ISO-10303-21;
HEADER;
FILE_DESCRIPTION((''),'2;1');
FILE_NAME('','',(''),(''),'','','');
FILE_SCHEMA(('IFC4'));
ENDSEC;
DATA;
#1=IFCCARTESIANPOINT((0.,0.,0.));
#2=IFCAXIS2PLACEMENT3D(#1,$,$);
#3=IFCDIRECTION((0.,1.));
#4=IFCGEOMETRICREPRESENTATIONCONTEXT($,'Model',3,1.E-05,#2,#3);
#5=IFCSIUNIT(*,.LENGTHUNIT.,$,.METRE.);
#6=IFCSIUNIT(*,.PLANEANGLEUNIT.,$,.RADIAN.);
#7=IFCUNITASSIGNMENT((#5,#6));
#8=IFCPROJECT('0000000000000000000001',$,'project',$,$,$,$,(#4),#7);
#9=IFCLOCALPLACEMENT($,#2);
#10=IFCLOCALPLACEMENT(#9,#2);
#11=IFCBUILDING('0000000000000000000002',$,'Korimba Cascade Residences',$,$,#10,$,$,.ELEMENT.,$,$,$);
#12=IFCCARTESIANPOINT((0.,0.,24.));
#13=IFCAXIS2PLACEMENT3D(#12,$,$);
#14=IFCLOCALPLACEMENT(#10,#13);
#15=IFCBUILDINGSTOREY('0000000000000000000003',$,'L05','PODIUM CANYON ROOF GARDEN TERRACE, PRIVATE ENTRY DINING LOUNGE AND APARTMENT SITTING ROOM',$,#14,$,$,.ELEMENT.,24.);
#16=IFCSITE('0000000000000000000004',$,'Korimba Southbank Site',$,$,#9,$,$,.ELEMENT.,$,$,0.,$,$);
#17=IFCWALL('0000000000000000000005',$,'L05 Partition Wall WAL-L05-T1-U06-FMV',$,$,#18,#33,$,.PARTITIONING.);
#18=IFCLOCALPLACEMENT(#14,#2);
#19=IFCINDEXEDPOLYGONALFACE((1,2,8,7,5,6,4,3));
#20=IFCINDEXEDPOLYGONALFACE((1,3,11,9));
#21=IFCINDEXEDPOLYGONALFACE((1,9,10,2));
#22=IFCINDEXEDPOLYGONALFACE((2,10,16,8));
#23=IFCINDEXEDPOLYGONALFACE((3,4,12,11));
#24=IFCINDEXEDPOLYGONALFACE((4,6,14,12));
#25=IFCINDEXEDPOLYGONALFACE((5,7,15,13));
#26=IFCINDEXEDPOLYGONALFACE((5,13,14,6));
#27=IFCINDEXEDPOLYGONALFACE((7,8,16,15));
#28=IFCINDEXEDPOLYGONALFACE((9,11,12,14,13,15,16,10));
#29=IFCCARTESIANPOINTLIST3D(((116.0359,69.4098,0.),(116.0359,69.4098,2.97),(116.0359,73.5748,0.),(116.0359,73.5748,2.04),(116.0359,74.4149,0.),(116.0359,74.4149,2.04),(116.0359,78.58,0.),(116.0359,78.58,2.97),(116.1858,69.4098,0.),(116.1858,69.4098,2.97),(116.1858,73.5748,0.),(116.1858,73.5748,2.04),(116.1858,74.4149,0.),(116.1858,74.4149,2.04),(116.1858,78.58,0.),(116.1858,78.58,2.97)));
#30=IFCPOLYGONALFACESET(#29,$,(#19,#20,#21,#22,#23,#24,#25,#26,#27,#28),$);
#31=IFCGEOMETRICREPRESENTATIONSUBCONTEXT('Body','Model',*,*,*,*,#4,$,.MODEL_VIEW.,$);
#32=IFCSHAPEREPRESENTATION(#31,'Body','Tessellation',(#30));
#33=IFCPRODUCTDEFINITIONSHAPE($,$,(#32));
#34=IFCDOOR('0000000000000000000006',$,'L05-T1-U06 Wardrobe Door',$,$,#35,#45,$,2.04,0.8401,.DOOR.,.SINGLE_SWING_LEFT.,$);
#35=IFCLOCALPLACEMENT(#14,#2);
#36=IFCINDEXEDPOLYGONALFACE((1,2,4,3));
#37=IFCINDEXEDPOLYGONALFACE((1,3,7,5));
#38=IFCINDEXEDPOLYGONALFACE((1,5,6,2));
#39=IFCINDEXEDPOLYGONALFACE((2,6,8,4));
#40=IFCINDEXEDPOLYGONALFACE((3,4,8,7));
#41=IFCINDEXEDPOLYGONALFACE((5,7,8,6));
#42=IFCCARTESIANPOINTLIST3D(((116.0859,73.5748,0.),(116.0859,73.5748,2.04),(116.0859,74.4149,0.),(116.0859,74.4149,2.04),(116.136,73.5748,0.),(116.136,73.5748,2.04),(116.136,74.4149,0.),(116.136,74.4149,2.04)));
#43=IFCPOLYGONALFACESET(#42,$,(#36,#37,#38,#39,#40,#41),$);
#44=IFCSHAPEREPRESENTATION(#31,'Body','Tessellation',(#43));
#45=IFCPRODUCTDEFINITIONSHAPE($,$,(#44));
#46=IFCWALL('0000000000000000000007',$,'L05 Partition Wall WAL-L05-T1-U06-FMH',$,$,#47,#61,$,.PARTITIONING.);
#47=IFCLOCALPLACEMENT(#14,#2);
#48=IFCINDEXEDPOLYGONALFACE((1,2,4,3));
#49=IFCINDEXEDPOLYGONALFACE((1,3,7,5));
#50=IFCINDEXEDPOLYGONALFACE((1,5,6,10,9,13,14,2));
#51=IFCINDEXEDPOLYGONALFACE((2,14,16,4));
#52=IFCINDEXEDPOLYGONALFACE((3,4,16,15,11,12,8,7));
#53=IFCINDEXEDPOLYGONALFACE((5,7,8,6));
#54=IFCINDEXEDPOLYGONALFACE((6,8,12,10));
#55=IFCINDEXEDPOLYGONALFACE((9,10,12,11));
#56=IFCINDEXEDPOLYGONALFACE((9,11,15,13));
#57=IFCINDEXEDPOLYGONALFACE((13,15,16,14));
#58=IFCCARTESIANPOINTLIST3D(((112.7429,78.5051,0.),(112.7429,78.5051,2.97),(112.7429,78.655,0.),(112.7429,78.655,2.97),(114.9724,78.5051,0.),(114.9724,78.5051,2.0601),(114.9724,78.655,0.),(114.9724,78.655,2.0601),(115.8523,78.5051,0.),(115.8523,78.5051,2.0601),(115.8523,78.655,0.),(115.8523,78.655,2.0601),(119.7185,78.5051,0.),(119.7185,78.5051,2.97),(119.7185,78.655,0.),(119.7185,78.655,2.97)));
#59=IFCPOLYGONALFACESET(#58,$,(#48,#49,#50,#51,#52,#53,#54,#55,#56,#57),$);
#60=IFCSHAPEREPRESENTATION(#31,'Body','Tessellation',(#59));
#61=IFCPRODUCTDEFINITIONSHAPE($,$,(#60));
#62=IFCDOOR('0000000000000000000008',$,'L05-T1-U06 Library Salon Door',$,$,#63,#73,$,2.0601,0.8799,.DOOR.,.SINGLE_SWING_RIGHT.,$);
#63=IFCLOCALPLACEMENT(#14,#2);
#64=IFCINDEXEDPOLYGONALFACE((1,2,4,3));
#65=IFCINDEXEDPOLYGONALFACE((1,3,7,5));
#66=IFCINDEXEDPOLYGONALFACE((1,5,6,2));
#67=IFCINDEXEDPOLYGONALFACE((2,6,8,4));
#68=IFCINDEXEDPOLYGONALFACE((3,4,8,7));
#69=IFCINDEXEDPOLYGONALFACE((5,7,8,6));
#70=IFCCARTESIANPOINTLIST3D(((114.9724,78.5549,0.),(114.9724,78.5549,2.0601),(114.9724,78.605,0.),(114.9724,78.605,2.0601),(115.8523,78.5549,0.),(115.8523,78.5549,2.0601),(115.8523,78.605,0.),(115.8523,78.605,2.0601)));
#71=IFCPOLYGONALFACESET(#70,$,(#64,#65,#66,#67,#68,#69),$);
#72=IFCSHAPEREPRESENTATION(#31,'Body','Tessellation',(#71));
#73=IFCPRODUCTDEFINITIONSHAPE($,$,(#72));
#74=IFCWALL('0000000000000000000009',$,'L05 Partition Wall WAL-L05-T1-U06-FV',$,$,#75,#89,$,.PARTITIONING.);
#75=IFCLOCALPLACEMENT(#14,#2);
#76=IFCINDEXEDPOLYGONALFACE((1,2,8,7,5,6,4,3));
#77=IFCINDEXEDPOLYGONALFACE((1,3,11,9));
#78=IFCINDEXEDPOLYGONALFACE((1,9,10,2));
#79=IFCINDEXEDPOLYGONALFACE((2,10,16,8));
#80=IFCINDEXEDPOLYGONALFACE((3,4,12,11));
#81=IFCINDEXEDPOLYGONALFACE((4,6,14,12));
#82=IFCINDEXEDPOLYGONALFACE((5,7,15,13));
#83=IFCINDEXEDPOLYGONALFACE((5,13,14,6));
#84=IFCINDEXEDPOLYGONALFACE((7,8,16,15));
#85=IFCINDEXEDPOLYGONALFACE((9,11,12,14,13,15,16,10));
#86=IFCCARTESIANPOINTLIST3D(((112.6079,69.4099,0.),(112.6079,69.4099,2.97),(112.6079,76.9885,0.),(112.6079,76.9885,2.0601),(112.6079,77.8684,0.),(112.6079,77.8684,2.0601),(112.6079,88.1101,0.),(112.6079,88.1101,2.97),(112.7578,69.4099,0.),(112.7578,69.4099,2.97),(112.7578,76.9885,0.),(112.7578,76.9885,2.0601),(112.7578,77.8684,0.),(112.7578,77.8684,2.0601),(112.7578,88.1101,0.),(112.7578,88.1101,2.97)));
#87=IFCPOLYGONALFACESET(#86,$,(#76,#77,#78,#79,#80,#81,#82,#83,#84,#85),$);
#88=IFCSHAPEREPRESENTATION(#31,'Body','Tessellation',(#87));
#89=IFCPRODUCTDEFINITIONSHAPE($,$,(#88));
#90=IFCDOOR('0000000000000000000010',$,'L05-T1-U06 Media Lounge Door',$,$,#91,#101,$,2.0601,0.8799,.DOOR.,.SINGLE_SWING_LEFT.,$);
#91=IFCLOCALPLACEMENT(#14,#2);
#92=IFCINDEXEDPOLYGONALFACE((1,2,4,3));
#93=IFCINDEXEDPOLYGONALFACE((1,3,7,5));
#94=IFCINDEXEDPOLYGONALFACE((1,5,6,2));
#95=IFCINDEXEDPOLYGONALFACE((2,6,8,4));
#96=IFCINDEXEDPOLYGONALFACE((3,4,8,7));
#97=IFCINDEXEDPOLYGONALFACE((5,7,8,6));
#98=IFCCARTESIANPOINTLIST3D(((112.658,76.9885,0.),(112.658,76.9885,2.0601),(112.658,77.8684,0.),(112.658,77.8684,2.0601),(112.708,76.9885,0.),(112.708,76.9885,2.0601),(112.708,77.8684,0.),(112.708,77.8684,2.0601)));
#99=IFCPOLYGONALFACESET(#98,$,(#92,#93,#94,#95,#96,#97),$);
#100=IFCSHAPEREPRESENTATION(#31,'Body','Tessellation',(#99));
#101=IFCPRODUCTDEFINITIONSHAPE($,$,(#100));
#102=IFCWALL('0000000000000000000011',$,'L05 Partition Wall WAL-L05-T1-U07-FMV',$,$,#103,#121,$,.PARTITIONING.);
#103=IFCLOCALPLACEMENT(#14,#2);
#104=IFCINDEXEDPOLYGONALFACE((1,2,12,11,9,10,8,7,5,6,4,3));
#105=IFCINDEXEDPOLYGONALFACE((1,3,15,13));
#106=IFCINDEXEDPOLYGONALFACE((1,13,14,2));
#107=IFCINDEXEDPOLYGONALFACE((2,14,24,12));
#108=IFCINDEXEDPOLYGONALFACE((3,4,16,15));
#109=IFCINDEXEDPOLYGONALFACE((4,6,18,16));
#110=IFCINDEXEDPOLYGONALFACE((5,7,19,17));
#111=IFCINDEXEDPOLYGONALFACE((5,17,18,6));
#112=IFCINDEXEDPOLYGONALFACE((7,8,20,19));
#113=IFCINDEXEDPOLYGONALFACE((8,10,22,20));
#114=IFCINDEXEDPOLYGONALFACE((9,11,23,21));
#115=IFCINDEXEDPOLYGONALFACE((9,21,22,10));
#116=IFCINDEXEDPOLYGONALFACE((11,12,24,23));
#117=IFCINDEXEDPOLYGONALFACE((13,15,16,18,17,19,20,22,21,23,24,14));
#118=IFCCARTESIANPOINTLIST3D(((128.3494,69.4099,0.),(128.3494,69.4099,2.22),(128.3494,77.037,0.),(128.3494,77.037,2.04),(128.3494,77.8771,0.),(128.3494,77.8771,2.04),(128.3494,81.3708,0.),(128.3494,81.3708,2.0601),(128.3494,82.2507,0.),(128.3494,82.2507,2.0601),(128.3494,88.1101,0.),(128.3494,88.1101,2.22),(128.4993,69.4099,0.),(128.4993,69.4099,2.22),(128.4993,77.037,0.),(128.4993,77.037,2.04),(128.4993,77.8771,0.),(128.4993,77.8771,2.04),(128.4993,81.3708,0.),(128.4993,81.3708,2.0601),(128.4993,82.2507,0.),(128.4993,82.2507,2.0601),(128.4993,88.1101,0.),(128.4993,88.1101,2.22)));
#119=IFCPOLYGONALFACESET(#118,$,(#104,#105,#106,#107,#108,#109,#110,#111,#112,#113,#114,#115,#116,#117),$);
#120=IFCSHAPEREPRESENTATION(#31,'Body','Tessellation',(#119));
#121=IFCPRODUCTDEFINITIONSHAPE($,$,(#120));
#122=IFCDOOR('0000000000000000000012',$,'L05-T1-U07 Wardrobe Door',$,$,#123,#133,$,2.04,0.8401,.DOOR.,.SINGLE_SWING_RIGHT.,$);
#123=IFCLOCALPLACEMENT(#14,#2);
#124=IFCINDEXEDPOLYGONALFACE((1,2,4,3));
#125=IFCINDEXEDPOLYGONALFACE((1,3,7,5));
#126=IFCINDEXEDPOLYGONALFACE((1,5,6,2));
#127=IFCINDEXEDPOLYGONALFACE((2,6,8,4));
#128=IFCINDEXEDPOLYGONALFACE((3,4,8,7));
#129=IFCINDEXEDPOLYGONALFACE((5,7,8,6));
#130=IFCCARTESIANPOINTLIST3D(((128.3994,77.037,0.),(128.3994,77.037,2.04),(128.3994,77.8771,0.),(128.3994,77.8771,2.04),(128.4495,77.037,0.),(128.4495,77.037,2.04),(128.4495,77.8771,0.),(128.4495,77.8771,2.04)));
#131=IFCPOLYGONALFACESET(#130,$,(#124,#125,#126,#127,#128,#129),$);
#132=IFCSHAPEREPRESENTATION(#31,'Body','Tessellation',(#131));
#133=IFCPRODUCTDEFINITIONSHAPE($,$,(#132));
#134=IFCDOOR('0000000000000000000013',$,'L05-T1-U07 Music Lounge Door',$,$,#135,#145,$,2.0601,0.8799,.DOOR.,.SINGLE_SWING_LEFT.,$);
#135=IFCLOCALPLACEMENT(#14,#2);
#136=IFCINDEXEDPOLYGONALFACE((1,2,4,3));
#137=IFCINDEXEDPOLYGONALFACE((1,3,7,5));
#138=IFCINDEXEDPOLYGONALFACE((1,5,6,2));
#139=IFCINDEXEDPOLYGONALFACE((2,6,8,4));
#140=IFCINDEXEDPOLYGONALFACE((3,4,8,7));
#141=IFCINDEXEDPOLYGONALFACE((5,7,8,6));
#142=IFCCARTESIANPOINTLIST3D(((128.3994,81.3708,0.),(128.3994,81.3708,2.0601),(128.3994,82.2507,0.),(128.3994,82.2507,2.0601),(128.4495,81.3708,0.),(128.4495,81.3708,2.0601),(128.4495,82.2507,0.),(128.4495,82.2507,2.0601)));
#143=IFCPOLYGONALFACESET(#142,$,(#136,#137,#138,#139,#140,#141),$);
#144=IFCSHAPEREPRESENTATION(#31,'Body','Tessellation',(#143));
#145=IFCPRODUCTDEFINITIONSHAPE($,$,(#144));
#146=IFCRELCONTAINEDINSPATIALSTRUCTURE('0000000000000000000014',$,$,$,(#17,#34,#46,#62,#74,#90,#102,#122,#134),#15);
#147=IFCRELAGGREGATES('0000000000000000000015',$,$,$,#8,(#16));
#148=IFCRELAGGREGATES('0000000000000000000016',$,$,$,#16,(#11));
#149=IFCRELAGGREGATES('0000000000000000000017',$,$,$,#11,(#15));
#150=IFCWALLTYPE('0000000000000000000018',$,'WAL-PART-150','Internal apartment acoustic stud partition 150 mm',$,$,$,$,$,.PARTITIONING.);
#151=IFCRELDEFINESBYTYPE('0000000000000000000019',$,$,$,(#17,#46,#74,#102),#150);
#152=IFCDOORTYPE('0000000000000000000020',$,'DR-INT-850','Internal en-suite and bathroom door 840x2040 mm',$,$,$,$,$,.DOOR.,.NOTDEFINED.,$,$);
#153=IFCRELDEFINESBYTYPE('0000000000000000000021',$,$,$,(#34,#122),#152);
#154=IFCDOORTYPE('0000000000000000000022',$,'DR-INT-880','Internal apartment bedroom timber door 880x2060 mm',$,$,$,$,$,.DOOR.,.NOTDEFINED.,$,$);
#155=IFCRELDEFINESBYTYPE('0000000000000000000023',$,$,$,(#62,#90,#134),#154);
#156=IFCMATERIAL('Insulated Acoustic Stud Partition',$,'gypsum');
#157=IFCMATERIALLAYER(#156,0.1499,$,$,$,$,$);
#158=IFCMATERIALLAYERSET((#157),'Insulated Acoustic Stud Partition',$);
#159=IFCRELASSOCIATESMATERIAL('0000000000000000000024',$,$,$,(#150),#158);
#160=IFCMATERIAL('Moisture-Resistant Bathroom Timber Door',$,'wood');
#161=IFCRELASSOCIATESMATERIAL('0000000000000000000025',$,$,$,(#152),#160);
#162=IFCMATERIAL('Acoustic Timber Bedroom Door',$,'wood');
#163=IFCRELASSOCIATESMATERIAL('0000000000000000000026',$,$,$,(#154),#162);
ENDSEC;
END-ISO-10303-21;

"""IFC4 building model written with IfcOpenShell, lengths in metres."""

from ifc_helpers import new_model, si_unit, direction, frame, frame_2d, origin, place, context, subcontext, project, spatial, rectangle, extrude, material, layer, layer_set, type_object, element, fill, save


model = new_model("IFC4")

# Units and contexts
model_context = context("Model", 3, precision=1e-05, world=origin(), true_north=direction((0.0, 1.0)))
body_context = subcontext(model_context, "Body", "Model", "MODEL_VIEW")
ifc_project = project(units=[si_unit("LENGTHUNIT", "METRE"), si_unit("PLANEANGLEUNIT", "RADIAN")], contexts=[model_context])

# Site, building, storey
site_placement = place(None, origin())
site = spatial("IfcSite", under=ifc_project, at=site_placement, Name="Korimba Southbank Site", CompositionType="ELEMENT", RefElevation=0.0)
building_placement = place(site_placement, origin())
building = spatial("IfcBuilding", under=site, at=building_placement, Name="Korimba Cascade Residences", CompositionType="ELEMENT")
storey_placement = place(building_placement, frame((0.0, 0.0, 24.0)))
storey = spatial("IfcBuildingStorey", under=building, at=storey_placement, Name="L05", Description="PODIUM CANYON ROOF GARDEN TERRACE, PRIVATE ENTRY DINING LOUNGE AND APARTMENT SITTING ROOM", CompositionType="ELEMENT", Elevation=24.0)

# Walls, openings, doors
ifc_material_1 = material(Name="Insulated Acoustic Stud Partition", Category="gypsum")
ifc_layer_1 = layer(ifc_material_1, 0.1499)
ifc_layer_set_1 = layer_set([ifc_layer_1], Name="Insulated Acoustic Stud Partition")
wall_type_1 = type_object("IfcWallType", Name="WAL-PART-150", Description="Internal apartment acoustic stud partition 150 mm", PredefinedType="PARTITIONING", material=ifc_layer_set_1)
wall_1_placement = place(storey_placement, frame((116.1108, 69.4099, 0.0), z_axis=(0.0, 0.0, 1.0), x_axis=(0.0, 1.0, 0.0)))
wall_1 = element("IfcWall", 1, at=wall_1_placement, inside=storey, type_object=wall_type_1, Name="L05 Partition Wall WAL-L05-T1-U06-FMV", PredefinedType="PARTITIONING", context=body_context, shape_type="SweptSolid", body=[
    extrude(rectangle(XDim=9.1702, YDim=0.1499, at=frame_2d((4.585, 0.0))), origin(), (0.0, 0.0, 1.0), 2.97),
])
opening_1_placement = place(wall_1_placement, frame((4.165, 0.0, 0.0)))
opening_1 = element("IfcOpeningElement", 2, at=opening_1_placement, cuts=wall_1, PredefinedType="OPENING", context=body_context, shape_type="SweptSolid", body=[
    extrude(rectangle(XDim=0.8401, YDim=2.04, at=frame_2d((0.4199, 1.02))), frame((0.0, 0.085, 0.0), z_axis=(0.0, -1.0, 0.0), x_axis=(1.0, 0.0, 0.0)), (0.0, 0.0, 1.0), 0.1699),
])
ifc_material_2 = material(Name="Moisture-Resistant Bathroom Timber Door", Category="wood")
door_type_1 = type_object("IfcDoorType", Name="DR-INT-850", Description="Internal en-suite and bathroom door 840x2040 mm", OperationType="NOTDEFINED", PredefinedType="DOOR", material=ifc_material_2)
door_1_placement = place(opening_1_placement, origin())
door_1 = element("IfcDoor", 3, at=door_1_placement, inside=storey, type_object=door_type_1, Name="L05-T1-U06 Wardrobe Door", OperationType="SINGLE_SWING_LEFT", OverallHeight=2.04, OverallWidth=0.8401, PredefinedType="DOOR", context=body_context, shape_type="SweptSolid", body=[
    extrude(rectangle(XDim=0.8401, YDim=2.04, at=frame_2d((0.4199, 1.02))), frame((0.0, 0.0249, 0.0), z_axis=(0.0, -1.0, 0.0), x_axis=(1.0, 0.0, 0.0)), (0.0, 0.0, 1.0), 0.05),
])
fill(opening_1, door_1)
wall_2_placement = place(storey_placement, frame((112.7429, 78.5801, 0.0), z_axis=(0.0, 0.0, 1.0), x_axis=(1.0, 0.0, 0.0)))
wall_2 = element("IfcWall", 4, at=wall_2_placement, inside=storey, type_object=wall_type_1, Name="L05 Partition Wall WAL-L05-T1-U06-FMH", PredefinedType="PARTITIONING", context=body_context, shape_type="SweptSolid", body=[
    extrude(rectangle(XDim=6.9756, YDim=0.1499, at=frame_2d((3.4878, 0.0))), origin(), (0.0, 0.0, 1.0), 2.97),
])
opening_2_placement = place(wall_2_placement, frame((2.2295, 0.0, 0.0)))
opening_2 = element("IfcOpeningElement", 5, at=opening_2_placement, cuts=wall_2, PredefinedType="OPENING", context=body_context, shape_type="SweptSolid", body=[
    extrude(rectangle(XDim=0.8799, YDim=2.0601, at=frame_2d((0.4399, 1.03))), frame((0.0, 0.085, 0.0), z_axis=(0.0, -1.0, 0.0), x_axis=(1.0, 0.0, 0.0)), (0.0, 0.0, 1.0), 0.1699),
])
ifc_material_3 = material(Name="Acoustic Timber Bedroom Door", Category="wood")
door_type_2 = type_object("IfcDoorType", Name="DR-INT-880", Description="Internal apartment bedroom timber door 880x2060 mm", OperationType="NOTDEFINED", PredefinedType="DOOR", material=ifc_material_3)
door_2_placement = place(opening_2_placement, origin())
door_2 = element("IfcDoor", 6, at=door_2_placement, inside=storey, type_object=door_type_2, Name="L05-T1-U06 Library Salon Door", OperationType="SINGLE_SWING_RIGHT", OverallHeight=2.0601, OverallWidth=0.8799, PredefinedType="DOOR", context=body_context, shape_type="SweptSolid", body=[
    extrude(rectangle(XDim=0.8799, YDim=2.0601, at=frame_2d((0.4399, 1.03))), frame((0.0, 0.0249, 0.0), z_axis=(0.0, -1.0, 0.0), x_axis=(1.0, 0.0, 0.0)), (0.0, 0.0, 1.0), 0.05),
])
fill(opening_2, door_2)
wall_3_placement = place(storey_placement, frame((112.6829, 69.4099, 0.0), z_axis=(0.0, 0.0, 1.0), x_axis=(0.0, 1.0, 0.0)))
wall_3 = element("IfcWall", 7, at=wall_3_placement, inside=storey, type_object=wall_type_1, Name="L05 Partition Wall WAL-L05-T1-U06-FV", PredefinedType="PARTITIONING", context=body_context, shape_type="SweptSolid", body=[
    extrude(rectangle(XDim=18.7002, YDim=0.1499, at=frame_2d((9.3501, 0.0))), origin(), (0.0, 0.0, 1.0), 2.97),
])
opening_3_placement = place(wall_3_placement, frame((7.5786, 0.0, 0.0)))
opening_3 = element("IfcOpeningElement", 8, at=opening_3_placement, cuts=wall_3, PredefinedType="OPENING", context=body_context, shape_type="SweptSolid", body=[
    extrude(rectangle(XDim=0.8799, YDim=2.0601, at=frame_2d((0.4399, 1.03))), frame((0.0, 0.085, 0.0), z_axis=(0.0, -1.0, 0.0), x_axis=(1.0, 0.0, 0.0)), (0.0, 0.0, 1.0), 0.1699),
])
door_3_placement = place(opening_3_placement, origin())
door_3 = element("IfcDoor", 9, at=door_3_placement, inside=storey, type_object=door_type_2, Name="L05-T1-U06 Media Lounge Door", OperationType="SINGLE_SWING_LEFT", OverallHeight=2.0601, OverallWidth=0.8799, PredefinedType="DOOR", context=body_context, shape_type="SweptSolid", body=[
    extrude(rectangle(XDim=0.8799, YDim=2.0601, at=frame_2d((0.4399, 1.03))), frame((0.0, 0.0249, 0.0), z_axis=(0.0, -1.0, 0.0), x_axis=(1.0, 0.0, 0.0)), (0.0, 0.0, 1.0), 0.05),
])
fill(opening_3, door_3)

# Wall, openings, doors
wall_4_placement = place(storey_placement, frame((128.4243, 69.4099, 0.0), z_axis=(0.0, 0.0, 1.0), x_axis=(0.0, 1.0, 0.0)))
wall_4 = element("IfcWall", 10, at=wall_4_placement, inside=storey, type_object=wall_type_1, Name="L05 Partition Wall WAL-L05-T1-U07-FMV", PredefinedType="PARTITIONING", context=body_context, shape_type="SweptSolid", body=[
    extrude(rectangle(XDim=18.7002, YDim=0.1499, at=frame_2d((9.3501, 0.0))), origin(), (0.0, 0.0, 1.0), 2.22),
])
opening_4_placement = place(wall_4_placement, frame((7.6272, 0.0, 0.0)))
opening_4 = element("IfcOpeningElement", 11, at=opening_4_placement, cuts=wall_4, PredefinedType="OPENING", context=body_context, shape_type="SweptSolid", body=[
    extrude(rectangle(XDim=0.8401, YDim=2.04, at=frame_2d((0.4199, 1.02))), frame((0.0, 0.085, 0.0), z_axis=(0.0, -1.0, 0.0), x_axis=(1.0, 0.0, 0.0)), (0.0, 0.0, 1.0), 0.1699),
])
opening_5_placement = place(wall_4_placement, frame((11.9609, 0.0, 0.0)))
opening_5 = element("IfcOpeningElement", 12, at=opening_5_placement, cuts=wall_4, PredefinedType="OPENING", context=body_context, shape_type="SweptSolid", body=[
    extrude(rectangle(XDim=0.8799, YDim=2.0601, at=frame_2d((0.4399, 1.03))), frame((0.0, 0.085, 0.0), z_axis=(0.0, -1.0, 0.0), x_axis=(1.0, 0.0, 0.0)), (0.0, 0.0, 1.0), 0.1699),
])
door_4_placement = place(opening_4_placement, origin())
door_4 = element("IfcDoor", 13, at=door_4_placement, inside=storey, type_object=door_type_1, Name="L05-T1-U07 Wardrobe Door", OperationType="SINGLE_SWING_RIGHT", OverallHeight=2.04, OverallWidth=0.8401, PredefinedType="DOOR", context=body_context, shape_type="SweptSolid", body=[
    extrude(rectangle(XDim=0.8401, YDim=2.04, at=frame_2d((0.4199, 1.02))), frame((0.0, 0.0249, 0.0), z_axis=(0.0, -1.0, 0.0), x_axis=(1.0, 0.0, 0.0)), (0.0, 0.0, 1.0), 0.05),
])
fill(opening_4, door_4)
door_5_placement = place(opening_5_placement, origin())
door_5 = element("IfcDoor", 14, at=door_5_placement, inside=storey, type_object=door_type_2, Name="L05-T1-U07 Music Lounge Door", OperationType="SINGLE_SWING_LEFT", OverallHeight=2.0601, OverallWidth=0.8799, PredefinedType="DOOR", context=body_context, shape_type="SweptSolid", body=[
    extrude(rectangle(XDim=0.8799, YDim=2.0601, at=frame_2d((0.4399, 1.03))), frame((0.0, 0.0249, 0.0), z_axis=(0.0, -1.0, 0.0), x_axis=(1.0, 0.0, 0.0)), (0.0, 0.0, 1.0), 0.05),
])
fill(opening_5, door_5)

save(model, "model.ifc")
